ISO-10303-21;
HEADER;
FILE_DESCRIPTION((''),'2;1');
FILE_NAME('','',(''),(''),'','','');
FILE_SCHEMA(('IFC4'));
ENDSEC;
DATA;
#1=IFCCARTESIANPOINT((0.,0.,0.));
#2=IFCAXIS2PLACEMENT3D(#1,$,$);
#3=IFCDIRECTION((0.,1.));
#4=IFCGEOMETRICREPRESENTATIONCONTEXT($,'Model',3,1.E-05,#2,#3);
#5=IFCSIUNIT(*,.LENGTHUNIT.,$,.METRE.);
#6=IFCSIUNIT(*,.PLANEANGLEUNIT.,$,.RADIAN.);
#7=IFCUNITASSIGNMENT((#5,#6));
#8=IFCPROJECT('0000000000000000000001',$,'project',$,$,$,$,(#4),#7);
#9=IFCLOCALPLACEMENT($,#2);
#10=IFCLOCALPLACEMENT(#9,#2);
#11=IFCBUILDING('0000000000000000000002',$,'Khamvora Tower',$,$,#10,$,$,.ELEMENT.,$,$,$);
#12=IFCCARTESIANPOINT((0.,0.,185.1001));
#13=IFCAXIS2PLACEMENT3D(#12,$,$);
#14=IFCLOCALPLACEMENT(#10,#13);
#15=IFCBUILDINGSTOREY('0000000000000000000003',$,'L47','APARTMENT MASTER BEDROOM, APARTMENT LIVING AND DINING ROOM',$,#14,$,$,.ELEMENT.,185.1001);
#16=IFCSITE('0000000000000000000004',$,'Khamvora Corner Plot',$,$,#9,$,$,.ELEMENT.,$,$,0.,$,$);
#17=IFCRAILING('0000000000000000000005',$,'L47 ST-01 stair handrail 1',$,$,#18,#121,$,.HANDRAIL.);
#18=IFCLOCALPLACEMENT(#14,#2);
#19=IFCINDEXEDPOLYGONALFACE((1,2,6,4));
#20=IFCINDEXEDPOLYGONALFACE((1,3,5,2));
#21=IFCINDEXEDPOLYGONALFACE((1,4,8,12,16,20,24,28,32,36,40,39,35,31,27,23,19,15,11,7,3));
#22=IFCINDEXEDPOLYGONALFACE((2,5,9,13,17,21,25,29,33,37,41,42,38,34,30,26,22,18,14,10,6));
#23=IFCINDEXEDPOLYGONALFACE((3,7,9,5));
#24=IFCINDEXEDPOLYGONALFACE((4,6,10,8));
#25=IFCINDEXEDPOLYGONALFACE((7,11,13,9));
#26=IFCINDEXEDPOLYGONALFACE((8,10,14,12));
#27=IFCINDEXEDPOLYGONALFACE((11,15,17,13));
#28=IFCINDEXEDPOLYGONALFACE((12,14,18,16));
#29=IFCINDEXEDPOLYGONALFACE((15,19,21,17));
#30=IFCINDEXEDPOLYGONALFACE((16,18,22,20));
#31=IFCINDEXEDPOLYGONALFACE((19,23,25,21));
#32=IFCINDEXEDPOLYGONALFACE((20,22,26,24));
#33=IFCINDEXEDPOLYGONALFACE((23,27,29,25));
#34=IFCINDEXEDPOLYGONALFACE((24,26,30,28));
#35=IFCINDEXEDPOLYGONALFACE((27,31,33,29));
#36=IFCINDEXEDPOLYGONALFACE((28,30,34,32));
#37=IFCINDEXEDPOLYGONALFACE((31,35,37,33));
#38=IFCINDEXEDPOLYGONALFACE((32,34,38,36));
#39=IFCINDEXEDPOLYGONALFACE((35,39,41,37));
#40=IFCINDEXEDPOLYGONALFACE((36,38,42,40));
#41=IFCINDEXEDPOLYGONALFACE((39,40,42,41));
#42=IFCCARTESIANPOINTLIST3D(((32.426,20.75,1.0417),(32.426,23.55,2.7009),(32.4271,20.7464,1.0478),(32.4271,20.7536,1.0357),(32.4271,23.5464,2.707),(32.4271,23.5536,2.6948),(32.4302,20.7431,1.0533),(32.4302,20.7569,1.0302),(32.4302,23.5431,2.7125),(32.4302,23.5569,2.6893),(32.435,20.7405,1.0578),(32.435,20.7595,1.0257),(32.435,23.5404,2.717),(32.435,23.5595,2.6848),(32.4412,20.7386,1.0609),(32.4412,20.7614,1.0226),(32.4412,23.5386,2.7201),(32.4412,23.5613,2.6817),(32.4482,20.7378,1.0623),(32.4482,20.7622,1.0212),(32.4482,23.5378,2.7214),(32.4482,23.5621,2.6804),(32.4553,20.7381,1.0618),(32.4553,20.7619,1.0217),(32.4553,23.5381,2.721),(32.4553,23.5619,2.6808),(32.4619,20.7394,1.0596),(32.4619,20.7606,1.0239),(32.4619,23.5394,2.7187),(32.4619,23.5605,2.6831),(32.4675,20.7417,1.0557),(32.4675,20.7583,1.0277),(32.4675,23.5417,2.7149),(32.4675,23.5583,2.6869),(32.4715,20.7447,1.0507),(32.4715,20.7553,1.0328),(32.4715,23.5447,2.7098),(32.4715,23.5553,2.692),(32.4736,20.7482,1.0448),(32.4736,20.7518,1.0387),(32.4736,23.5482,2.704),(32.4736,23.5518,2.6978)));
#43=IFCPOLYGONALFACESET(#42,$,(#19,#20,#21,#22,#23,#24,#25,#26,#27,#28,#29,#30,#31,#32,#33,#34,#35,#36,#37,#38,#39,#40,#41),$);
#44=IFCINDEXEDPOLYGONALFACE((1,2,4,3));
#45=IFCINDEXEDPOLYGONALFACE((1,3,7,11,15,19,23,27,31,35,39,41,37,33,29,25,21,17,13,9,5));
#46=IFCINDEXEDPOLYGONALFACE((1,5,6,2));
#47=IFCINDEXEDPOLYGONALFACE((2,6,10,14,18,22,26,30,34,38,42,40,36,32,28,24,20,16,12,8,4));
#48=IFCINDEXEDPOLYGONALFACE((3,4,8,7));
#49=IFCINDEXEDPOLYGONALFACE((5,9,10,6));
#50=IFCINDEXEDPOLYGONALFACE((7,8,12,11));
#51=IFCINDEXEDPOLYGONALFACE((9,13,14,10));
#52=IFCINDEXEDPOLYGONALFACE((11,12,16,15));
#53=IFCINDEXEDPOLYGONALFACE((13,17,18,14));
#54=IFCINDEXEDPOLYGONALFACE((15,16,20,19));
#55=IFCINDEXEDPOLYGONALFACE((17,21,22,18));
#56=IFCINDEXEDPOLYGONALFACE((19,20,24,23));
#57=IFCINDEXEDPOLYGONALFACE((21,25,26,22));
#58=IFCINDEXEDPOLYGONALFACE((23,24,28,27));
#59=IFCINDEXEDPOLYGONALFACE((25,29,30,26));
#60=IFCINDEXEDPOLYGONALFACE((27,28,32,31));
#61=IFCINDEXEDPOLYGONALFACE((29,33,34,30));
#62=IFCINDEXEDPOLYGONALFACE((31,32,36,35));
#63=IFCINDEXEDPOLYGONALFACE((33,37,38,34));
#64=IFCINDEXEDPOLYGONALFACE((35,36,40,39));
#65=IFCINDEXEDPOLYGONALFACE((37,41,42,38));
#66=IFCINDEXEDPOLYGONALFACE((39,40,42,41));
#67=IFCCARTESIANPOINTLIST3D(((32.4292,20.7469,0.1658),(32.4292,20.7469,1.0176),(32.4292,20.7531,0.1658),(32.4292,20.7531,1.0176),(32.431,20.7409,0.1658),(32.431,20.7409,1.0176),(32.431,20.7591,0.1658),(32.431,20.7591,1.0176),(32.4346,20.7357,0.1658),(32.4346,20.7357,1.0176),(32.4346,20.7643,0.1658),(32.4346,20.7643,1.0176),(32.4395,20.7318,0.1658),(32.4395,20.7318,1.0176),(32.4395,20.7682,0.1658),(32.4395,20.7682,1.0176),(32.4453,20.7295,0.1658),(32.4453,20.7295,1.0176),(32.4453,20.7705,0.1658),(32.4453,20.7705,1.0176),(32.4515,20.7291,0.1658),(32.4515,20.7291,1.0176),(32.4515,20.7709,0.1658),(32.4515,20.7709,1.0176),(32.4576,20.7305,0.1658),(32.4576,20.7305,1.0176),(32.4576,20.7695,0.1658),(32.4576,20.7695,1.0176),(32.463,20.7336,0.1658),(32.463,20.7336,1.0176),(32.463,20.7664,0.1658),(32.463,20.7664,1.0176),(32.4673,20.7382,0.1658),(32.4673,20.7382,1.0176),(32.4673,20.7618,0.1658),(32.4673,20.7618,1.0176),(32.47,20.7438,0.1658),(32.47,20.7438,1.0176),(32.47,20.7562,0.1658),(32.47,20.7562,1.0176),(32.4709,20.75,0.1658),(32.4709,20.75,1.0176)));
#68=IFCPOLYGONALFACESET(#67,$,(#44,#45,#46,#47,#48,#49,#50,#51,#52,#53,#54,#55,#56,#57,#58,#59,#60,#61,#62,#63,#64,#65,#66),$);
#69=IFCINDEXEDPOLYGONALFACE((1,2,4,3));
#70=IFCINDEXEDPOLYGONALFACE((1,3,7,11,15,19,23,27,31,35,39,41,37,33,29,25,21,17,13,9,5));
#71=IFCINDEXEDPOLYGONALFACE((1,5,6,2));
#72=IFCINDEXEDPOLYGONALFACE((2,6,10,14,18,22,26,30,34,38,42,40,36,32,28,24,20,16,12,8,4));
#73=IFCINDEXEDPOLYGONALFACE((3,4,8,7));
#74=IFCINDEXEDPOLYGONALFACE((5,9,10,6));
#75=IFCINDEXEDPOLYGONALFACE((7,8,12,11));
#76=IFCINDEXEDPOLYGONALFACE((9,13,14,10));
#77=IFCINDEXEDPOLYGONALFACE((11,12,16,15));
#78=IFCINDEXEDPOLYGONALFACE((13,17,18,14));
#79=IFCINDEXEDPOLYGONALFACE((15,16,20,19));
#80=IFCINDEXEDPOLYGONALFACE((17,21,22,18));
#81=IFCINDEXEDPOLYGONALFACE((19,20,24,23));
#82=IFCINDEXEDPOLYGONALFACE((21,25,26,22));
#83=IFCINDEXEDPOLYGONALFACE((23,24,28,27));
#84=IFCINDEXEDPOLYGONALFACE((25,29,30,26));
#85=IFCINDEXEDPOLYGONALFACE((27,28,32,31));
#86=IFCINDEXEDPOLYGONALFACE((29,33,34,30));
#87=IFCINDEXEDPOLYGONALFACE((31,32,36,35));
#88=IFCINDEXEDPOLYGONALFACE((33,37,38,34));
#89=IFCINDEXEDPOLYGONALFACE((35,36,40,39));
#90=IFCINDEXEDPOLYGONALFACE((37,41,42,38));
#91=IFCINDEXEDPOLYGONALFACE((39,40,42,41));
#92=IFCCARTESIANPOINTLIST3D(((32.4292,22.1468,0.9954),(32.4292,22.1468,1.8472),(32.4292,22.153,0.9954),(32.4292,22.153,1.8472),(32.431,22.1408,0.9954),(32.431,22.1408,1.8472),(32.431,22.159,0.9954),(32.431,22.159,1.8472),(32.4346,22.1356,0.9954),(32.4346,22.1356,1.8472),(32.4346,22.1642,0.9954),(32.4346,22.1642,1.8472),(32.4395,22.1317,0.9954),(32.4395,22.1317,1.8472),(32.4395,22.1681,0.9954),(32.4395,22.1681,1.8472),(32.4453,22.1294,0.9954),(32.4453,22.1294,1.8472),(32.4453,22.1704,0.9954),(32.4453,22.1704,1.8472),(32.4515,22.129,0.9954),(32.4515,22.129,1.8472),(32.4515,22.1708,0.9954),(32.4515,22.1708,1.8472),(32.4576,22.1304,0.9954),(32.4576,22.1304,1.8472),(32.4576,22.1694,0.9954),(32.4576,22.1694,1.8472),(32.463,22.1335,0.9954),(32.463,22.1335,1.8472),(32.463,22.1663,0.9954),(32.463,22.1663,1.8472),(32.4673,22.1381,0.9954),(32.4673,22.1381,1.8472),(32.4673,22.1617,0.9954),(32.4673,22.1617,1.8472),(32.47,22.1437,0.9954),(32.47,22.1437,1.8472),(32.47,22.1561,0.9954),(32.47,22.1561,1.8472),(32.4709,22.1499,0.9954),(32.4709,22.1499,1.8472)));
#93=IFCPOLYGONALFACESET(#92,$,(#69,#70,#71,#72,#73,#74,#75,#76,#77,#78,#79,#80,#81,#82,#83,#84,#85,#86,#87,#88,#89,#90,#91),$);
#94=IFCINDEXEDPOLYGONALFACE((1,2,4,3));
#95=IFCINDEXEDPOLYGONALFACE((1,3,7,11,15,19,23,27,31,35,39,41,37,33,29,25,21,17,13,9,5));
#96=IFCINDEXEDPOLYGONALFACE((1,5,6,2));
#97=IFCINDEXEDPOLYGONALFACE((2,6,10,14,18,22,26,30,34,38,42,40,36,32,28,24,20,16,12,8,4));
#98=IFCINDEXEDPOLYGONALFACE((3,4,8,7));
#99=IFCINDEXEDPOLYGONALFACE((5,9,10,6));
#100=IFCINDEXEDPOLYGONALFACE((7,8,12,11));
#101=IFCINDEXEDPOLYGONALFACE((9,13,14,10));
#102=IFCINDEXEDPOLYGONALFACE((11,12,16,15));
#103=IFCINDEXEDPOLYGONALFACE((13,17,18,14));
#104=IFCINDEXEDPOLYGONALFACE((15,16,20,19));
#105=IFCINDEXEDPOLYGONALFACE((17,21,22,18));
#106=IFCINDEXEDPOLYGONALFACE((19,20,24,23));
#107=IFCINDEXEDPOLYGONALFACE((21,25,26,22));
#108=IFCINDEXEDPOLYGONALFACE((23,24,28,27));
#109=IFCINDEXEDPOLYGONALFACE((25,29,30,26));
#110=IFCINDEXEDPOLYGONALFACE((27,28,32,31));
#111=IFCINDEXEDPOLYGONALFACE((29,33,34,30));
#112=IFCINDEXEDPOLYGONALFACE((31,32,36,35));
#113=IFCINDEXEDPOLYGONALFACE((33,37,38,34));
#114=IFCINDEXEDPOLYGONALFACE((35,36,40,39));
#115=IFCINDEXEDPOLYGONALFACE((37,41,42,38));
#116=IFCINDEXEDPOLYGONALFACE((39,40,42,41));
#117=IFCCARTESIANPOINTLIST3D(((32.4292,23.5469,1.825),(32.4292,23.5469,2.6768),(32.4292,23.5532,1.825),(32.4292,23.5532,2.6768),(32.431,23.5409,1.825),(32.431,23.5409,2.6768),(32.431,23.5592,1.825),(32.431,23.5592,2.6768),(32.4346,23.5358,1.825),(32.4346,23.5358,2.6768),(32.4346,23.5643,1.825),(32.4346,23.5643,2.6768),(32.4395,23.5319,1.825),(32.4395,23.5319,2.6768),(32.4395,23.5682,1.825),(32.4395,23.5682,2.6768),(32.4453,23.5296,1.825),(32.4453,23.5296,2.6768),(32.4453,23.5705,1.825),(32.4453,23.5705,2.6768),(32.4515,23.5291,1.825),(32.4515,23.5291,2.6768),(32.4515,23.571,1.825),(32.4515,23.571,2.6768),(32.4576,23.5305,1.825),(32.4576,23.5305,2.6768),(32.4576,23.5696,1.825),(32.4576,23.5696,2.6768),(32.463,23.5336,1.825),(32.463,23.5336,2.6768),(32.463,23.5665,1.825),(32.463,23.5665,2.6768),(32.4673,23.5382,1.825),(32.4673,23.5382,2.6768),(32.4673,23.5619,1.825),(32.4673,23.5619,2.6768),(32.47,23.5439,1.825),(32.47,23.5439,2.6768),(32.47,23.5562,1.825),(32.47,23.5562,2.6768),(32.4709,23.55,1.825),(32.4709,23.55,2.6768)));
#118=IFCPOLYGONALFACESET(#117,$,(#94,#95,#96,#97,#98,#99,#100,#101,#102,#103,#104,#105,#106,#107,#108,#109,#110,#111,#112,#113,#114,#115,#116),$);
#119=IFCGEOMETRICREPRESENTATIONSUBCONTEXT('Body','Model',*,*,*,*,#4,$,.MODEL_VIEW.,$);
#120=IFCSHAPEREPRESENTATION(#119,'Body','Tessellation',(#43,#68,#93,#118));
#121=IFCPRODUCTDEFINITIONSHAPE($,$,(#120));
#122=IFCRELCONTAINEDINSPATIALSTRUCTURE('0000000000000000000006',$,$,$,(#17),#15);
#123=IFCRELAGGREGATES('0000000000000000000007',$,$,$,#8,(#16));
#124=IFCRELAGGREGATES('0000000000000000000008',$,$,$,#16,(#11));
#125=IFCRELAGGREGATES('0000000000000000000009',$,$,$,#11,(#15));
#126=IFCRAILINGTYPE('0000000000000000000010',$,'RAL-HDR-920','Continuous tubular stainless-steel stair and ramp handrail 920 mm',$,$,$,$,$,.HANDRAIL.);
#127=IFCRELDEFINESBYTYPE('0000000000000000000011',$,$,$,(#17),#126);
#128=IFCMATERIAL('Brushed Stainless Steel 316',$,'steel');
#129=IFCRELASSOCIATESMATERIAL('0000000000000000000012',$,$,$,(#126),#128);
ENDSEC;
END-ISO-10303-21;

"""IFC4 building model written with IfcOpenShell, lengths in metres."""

from ifc_helpers import new_model, si_unit, direction, frame, origin, origin_2d, place, context, subcontext, project, spatial, circle, extrude, material, type_object, element, save


model = new_model("IFC4")

# Units and contexts
model_context = context("Model", 3, precision=1e-05, world=origin(), true_north=direction((0.0, 1.0)))
body_context = subcontext(model_context, "Body", "Model", "MODEL_VIEW")
ifc_project = project(units=[si_unit("LENGTHUNIT", "METRE"), si_unit("PLANEANGLEUNIT", "RADIAN")], contexts=[model_context])

# Site, building, storey
site_placement = place(None, origin())
site = spatial("IfcSite", under=ifc_project, at=site_placement, Name="Khamvora Corner Plot", CompositionType="ELEMENT", RefElevation=0.0)
building_placement = place(site_placement, origin())
building = spatial("IfcBuilding", under=site, at=building_placement, Name="Khamvora Tower", CompositionType="ELEMENT")
storey_placement = place(building_placement, frame((0.0, 0.0, 185.1001)))
storey = spatial("IfcBuildingStorey", under=building, at=storey_placement, Name="L47", Description="APARTMENT MASTER BEDROOM, APARTMENT LIVING AND DINING ROOM", CompositionType="ELEMENT", Elevation=185.1001)

# Railing
ifc_material_1 = material(Name="Brushed Stainless Steel 316", Category="steel")
railing_type_1 = type_object("IfcRailingType", Name="RAL-HDR-920", Description="Continuous tubular stainless-steel stair and ramp handrail 920 mm", PredefinedType="HANDRAIL", material=ifc_material_1)
railing_1_placement = place(storey_placement, frame((32.45, 20.75, 0.1658)))
element("IfcRailing", 1, at=railing_1_placement, inside=storey, type_object=railing_type_1, Name="L47 ST-01 stair handrail 1", PredefinedType="HANDRAIL", context=body_context, shape_type="SweptSolid", body=[
    extrude(circle(Radius=0.0239, at=origin_2d()), frame((0.0, 0.0, 0.876), z_axis=(0.0, 0.860306, 0.509778), x_axis=(-1.0, 0.0, 0.0)), (0.0, 0.0, 1.0), 3.2546),
    extrude(circle(Radius=0.021, at=origin_2d()), origin(), (0.0, 0.0, 1.0), 0.8518),
    extrude(circle(Radius=0.021, at=origin_2d()), frame((0.0, 1.3999, 0.8296)), (0.0, 0.0, 1.0), 0.8518),
    extrude(circle(Radius=0.021, at=origin_2d()), frame((0.0, 2.8, 1.6592)), (0.0, 0.0, 1.0), 0.8518),
])

save(model, "model.ifc")
